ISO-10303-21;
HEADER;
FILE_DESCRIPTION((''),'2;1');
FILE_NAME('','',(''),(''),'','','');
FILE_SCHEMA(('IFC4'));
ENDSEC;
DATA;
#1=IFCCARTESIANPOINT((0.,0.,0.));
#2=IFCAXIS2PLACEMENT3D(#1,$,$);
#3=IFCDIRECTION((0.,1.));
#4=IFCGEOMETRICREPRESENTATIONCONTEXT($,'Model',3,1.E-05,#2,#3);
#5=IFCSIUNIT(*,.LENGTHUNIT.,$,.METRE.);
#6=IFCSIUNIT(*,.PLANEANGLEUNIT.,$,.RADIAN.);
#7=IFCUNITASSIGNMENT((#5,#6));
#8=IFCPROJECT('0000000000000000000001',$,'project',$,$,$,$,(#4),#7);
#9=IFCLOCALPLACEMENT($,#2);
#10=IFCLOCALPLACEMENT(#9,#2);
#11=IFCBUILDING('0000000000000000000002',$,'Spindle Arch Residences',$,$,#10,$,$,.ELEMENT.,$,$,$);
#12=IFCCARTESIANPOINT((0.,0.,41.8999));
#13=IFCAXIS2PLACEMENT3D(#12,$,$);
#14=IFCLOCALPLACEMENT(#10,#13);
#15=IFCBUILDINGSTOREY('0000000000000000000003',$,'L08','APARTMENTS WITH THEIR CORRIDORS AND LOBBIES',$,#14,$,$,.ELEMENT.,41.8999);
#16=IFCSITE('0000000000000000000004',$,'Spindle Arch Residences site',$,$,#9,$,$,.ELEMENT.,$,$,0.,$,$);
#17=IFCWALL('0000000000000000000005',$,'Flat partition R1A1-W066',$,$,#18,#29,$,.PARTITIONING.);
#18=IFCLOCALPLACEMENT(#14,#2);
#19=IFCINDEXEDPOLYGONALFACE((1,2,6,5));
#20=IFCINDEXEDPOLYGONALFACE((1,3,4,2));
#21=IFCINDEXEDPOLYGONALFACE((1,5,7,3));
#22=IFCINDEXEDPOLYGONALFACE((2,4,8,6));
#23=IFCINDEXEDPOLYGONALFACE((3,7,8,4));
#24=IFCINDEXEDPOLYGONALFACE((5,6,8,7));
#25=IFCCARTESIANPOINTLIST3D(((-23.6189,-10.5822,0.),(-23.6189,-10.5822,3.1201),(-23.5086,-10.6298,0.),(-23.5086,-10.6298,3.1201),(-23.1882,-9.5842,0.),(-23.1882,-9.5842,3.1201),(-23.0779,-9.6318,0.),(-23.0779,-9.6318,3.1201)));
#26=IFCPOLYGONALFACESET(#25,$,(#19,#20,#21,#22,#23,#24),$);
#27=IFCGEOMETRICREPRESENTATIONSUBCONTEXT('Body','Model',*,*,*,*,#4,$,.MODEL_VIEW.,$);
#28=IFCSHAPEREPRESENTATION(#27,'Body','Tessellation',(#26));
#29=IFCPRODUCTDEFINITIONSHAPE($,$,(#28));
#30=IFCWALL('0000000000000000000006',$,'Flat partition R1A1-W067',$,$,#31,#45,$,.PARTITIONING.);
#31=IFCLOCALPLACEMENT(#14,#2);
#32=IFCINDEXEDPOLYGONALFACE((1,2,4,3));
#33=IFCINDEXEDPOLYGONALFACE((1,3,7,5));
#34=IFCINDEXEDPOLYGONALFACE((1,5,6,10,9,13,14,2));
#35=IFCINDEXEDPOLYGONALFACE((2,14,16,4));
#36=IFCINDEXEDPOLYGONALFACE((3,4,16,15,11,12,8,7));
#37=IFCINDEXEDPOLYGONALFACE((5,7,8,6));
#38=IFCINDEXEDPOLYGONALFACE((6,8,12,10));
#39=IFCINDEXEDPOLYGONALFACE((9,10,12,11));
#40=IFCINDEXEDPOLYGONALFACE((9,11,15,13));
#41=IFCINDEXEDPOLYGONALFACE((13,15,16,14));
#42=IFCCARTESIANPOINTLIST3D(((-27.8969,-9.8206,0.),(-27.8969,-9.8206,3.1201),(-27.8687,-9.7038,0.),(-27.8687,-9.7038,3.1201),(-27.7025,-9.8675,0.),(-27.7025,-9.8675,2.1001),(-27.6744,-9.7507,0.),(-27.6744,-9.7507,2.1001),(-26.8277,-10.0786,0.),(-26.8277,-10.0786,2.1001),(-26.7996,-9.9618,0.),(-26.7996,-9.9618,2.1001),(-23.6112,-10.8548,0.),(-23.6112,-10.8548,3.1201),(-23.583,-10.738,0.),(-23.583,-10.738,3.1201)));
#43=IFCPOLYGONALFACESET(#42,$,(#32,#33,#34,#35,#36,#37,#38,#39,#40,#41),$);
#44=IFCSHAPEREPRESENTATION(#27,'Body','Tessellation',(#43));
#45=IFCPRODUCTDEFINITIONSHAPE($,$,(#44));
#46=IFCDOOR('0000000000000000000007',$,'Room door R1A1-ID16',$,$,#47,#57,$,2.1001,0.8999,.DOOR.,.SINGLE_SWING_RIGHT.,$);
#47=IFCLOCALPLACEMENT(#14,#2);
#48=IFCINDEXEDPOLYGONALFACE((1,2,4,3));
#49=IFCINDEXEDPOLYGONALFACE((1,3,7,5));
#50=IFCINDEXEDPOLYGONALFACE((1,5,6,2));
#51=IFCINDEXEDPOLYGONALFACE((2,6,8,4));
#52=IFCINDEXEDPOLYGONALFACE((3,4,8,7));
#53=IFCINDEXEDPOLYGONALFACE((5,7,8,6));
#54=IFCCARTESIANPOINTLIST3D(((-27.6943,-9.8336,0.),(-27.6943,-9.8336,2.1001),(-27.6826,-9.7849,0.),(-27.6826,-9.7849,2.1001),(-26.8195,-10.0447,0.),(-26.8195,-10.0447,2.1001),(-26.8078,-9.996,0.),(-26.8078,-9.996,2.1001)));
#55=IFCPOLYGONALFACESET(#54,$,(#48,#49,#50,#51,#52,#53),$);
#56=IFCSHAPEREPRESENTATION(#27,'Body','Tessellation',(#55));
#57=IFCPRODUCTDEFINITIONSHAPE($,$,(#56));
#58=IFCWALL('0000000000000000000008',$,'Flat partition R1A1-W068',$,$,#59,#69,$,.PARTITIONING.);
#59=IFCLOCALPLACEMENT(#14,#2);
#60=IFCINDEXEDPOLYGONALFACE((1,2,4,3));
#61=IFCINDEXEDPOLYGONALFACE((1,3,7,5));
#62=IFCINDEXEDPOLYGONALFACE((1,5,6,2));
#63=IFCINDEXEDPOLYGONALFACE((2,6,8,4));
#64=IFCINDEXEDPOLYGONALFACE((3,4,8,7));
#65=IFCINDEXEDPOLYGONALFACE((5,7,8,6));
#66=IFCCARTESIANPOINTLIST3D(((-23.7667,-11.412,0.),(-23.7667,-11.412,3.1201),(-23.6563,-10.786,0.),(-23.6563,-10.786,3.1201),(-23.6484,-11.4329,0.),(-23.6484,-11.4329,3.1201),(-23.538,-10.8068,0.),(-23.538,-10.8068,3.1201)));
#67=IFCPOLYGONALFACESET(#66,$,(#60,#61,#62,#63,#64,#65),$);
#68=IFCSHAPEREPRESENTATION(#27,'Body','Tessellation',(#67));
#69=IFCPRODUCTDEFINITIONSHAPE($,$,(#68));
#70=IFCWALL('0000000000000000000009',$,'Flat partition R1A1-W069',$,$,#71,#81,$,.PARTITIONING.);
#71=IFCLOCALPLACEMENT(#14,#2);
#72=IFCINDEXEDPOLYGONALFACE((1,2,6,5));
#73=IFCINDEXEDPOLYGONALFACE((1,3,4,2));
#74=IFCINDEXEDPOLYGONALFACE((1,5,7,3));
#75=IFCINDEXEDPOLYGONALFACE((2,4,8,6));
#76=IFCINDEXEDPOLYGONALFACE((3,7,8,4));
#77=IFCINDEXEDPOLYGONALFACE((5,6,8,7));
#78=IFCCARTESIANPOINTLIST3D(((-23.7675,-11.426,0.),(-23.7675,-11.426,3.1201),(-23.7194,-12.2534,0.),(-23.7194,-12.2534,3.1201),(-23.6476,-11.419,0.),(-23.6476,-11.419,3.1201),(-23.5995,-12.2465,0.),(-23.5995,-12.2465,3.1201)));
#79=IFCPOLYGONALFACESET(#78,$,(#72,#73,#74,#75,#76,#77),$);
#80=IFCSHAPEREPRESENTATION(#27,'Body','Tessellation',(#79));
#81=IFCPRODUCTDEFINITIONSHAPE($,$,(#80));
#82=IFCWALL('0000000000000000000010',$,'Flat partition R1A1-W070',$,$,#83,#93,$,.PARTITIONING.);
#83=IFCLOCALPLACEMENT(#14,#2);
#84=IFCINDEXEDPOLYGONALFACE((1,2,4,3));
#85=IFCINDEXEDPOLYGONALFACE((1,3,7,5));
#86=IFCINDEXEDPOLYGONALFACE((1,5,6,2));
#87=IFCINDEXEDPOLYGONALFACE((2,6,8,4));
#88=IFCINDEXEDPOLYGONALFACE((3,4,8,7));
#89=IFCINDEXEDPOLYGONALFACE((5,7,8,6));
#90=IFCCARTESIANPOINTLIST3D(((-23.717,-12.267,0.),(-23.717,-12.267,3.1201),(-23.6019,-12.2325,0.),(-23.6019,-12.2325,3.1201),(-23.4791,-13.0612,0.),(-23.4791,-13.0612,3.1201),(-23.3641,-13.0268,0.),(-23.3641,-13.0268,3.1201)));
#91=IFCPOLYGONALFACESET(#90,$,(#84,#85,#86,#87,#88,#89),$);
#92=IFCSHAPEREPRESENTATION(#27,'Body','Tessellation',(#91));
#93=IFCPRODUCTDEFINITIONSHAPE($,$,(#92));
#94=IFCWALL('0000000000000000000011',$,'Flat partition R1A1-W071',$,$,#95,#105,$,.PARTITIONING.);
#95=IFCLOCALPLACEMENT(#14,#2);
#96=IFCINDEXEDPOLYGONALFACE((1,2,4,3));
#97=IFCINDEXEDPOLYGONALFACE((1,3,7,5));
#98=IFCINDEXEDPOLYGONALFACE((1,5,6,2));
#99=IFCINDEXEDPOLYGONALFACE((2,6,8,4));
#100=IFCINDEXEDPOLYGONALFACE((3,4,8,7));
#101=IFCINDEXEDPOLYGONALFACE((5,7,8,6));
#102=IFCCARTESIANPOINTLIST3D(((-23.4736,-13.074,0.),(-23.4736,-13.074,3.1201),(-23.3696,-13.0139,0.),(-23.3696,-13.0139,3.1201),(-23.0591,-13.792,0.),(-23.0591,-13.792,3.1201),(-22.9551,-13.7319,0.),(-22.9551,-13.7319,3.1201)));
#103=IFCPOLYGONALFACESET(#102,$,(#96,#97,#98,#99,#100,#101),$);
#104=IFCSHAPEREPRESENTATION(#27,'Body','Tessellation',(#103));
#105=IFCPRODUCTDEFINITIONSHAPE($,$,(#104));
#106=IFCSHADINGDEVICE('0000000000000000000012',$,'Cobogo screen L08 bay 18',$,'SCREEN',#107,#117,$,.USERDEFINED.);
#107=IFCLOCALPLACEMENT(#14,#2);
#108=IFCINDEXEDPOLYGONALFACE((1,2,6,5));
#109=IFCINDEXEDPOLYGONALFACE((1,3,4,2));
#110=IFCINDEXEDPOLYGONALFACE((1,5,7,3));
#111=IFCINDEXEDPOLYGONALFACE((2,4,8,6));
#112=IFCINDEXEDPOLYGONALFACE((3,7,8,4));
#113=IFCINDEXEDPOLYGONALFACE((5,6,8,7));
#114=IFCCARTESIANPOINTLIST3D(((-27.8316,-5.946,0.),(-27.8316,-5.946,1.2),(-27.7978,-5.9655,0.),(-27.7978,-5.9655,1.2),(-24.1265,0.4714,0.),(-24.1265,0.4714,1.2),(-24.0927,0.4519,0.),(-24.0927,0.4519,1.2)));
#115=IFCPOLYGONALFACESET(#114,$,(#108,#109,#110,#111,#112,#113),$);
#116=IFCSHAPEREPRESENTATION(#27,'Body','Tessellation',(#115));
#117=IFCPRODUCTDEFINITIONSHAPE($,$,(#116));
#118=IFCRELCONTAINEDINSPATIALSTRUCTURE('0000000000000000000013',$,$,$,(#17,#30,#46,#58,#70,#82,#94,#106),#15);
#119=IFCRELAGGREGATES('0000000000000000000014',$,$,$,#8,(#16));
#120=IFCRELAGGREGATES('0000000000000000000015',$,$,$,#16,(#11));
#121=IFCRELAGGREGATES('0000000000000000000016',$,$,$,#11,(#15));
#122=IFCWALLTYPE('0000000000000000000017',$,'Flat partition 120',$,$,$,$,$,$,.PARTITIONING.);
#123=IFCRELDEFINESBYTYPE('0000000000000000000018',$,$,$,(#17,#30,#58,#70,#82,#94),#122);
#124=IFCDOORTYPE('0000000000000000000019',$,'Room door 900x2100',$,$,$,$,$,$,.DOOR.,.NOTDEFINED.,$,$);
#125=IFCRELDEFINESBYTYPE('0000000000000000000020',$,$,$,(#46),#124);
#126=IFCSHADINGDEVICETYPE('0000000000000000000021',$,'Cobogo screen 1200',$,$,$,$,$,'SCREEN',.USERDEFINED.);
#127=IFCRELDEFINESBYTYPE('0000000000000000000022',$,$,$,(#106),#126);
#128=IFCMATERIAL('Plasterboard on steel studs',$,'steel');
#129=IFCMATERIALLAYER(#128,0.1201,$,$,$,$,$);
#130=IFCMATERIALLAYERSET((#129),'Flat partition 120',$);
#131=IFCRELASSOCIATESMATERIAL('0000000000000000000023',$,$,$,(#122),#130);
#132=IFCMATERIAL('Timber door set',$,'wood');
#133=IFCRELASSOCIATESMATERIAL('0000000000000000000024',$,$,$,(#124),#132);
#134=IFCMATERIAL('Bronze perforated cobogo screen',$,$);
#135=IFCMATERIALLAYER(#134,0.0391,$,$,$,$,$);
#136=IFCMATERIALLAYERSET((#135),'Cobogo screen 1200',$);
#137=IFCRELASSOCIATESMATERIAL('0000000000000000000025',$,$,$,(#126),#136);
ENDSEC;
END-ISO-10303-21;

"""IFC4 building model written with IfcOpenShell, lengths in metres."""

from ifc_helpers import new_model, si_unit, direction, frame, frame_2d, origin, origin_2d, place, context, subcontext, project, spatial, rectangle, extrude, material, layer, layer_set, type_object, element, fill, save


model = new_model("IFC4")

# Units and contexts
model_context = context("Model", 3, precision=1e-05, world=origin(), true_north=direction((0.0, 1.0)))
body_context = subcontext(model_context, "Body", "Model", "MODEL_VIEW")
ifc_project = project(units=[si_unit("LENGTHUNIT", "METRE"), si_unit("PLANEANGLEUNIT", "RADIAN")], contexts=[model_context])

# Site, building, storey
site_placement = place(None, origin())
site = spatial("IfcSite", under=ifc_project, at=site_placement, Name="Spindle Arch Residences site", CompositionType="ELEMENT", RefElevation=0.0)
building_placement = place(site_placement, origin())
building = spatial("IfcBuilding", under=site, at=building_placement, Name="Spindle Arch Residences", CompositionType="ELEMENT")
storey_placement = place(building_placement, frame((0.0, 0.0, 41.8999)))
storey = spatial("IfcBuildingStorey", under=building, at=storey_placement, Name="L08", Description="APARTMENTS WITH THEIR CORRIDORS AND LOBBIES", CompositionType="ELEMENT", Elevation=41.8999)

# Shared definitions
ifc_material_1 = material(Name="Plasterboard on steel studs", Category="steel")
ifc_layer_1 = layer(ifc_material_1, 0.1201)
ifc_layer_set_1 = layer_set([ifc_layer_1], Name="Flat partition 120")
wall_type_1 = type_object("IfcWallType", Name="Flat partition 120", PredefinedType="PARTITIONING", material=ifc_layer_set_1)
ifc_material_2 = material(Name="Timber door set", Category="wood")
door_type_1 = type_object("IfcDoorType", Name="Room door 900x2100", OperationType="NOTDEFINED", PredefinedType="DOOR", material=ifc_material_2)

# Wall
wall_1_placement = place(storey_placement, frame((-23.5637, -10.606, 0.0), z_axis=(0.0, 0.0, 1.0), x_axis=(0.396195, 0.918166, 0.0)))
element("IfcWall", 1, at=wall_1_placement, inside=storey, type_object=wall_type_1, Name="Flat partition R1A1-W066", PredefinedType="PARTITIONING", context=body_context, shape_type="SweptSolid", body=[
    extrude(rectangle(XDim=1.0869, YDim=0.1201, at=frame_2d((0.5435, 0.0))), origin(), (0.0, 0.0, 1.0), 3.1201),
])

# Wall, opening, door
wall_2_placement = place(storey_placement, frame((-27.8828, -9.7622, 0.0), z_axis=(0.0, 0.0, 1.0), x_axis=(0.972097, -0.234579, 0.0)))
wall_2 = element("IfcWall", 2, at=wall_2_placement, inside=storey, type_object=wall_type_1, Name="Flat partition R1A1-W067", PredefinedType="PARTITIONING", context=body_context, shape_type="SweptSolid", body=[
    extrude(rectangle(XDim=4.4087, YDim=0.1201, at=frame_2d((2.2043, 0.0))), origin(), (0.0, 0.0, 1.0), 3.1201),
])
opening_1_placement = place(wall_2_placement, frame((0.2, 0.0, 0.0)))
opening_1 = element("IfcOpeningElement", 3, at=opening_1_placement, cuts=wall_2, PredefinedType="OPENING", context=body_context, shape_type="SweptSolid", body=[
    extrude(rectangle(XDim=0.8999, YDim=2.1001, at=frame_2d((0.45, 1.05))), frame((0.0, 0.0701, 0.0), z_axis=(0.0, -1.0, 0.0), x_axis=(1.0, 0.0, 0.0)), (0.0, 0.0, 1.0), 0.1401),
])
door_1_placement = place(opening_1_placement, origin())
door_1 = element("IfcDoor", 4, at=door_1_placement, inside=storey, type_object=door_type_1, Name="Room door R1A1-ID16", OperationType="SINGLE_SWING_RIGHT", OverallHeight=2.1001, OverallWidth=0.8999, PredefinedType="DOOR", context=body_context, shape_type="SweptSolid", body=[
    extrude(rectangle(XDim=0.8999, YDim=2.1001, at=frame_2d((0.45, 1.05))), frame((0.0, 0.0249, 0.0), z_axis=(0.0, -1.0, 0.0), x_axis=(1.0, 0.0, 0.0)), (0.0, 0.0, 1.0), 0.05),
])
fill(opening_1, door_1)

# Walls
wall_3_placement = place(storey_placement, frame((-23.5972, -10.7964, 0.0), z_axis=(0.0, 0.0, 1.0), x_axis=(-0.17361, -0.984814, 0.0)))
element("IfcWall", 5, at=wall_3_placement, inside=storey, type_object=wall_type_1, Name="Flat partition R1A1-W068", PredefinedType="PARTITIONING", context=body_context, shape_type="SweptSolid", body=[
    extrude(rectangle(XDim=0.6357, YDim=0.1201, at=frame_2d((0.3179, 0.0))), origin(), (0.0, 0.0, 1.0), 3.1201),
])
wall_4_placement = place(storey_placement, frame((-23.7075, -11.4224, 0.0), z_axis=(0.0, 0.0, 1.0), x_axis=(0.058031, -0.998315, 0.0)))
element("IfcWall", 6, at=wall_4_placement, inside=storey, type_object=wall_type_1, Name="Flat partition R1A1-W069", PredefinedType="PARTITIONING", context=body_context, shape_type="SweptSolid", body=[
    extrude(rectangle(XDim=0.8289, YDim=0.1201, at=frame_2d((0.4146, 0.0))), origin(), (0.0, 0.0, 1.0), 3.1201),
])
for number, where, z_axis, x_axis, name in (
    (7, (-23.6594, -12.2498, 0.0), (0.0, 0.0, 1.0), (0.286835, -0.95798, 0.0), "Flat partition R1A1-W070"),
    (8, (-23.4216, -13.0439, 0.0), (0.0, 0.0, 1.0), (0.500003, -0.866024, 0.0), "Flat partition R1A1-W071"),
):
    element("IfcWall", number, at=place(storey_placement, frame(where, z_axis=z_axis, x_axis=x_axis)), inside=storey, type_object=wall_type_1, Name=name, PredefinedType="PARTITIONING", context=body_context, shape_type="SweptSolid", body=[
        extrude(rectangle(XDim=0.8291, YDim=0.1201, at=frame_2d((0.4146, 0.0))), origin(), (0.0, 0.0, 1.0), 3.1201),
    ])

# Shading device
ifc_material_3 = material(Name="Bronze perforated cobogo screen")
ifc_layer_2 = layer(ifc_material_3, 0.0391)
ifc_layer_set_2 = layer_set([ifc_layer_2], Name="Cobogo screen 1200")
shading_device_type = type_object("IfcShadingDeviceType", Name="Cobogo screen 1200", ElementType="SCREEN", PredefinedType="USERDEFINED", material=ifc_layer_set_2)
shading_device_placement = place(storey_placement, frame((-25.9622, -2.7471, 0.0), z_axis=(0.0, 0.0, 1.0), x_axis=(-0.5, -0.866025, 0.0)))
element("IfcShadingDevice", 9, at=shading_device_placement, inside=storey, type_object=shading_device_type, Name="Cobogo screen L08 bay 18", ObjectType="SCREEN", PredefinedType="USERDEFINED", context=body_context, shape_type="SweptSolid", body=[
    extrude(rectangle(XDim=7.4102, YDim=0.0391, at=origin_2d()), origin(), (0.0, 0.0, 1.0), 1.2),
])

save(model, "model.ifc")
